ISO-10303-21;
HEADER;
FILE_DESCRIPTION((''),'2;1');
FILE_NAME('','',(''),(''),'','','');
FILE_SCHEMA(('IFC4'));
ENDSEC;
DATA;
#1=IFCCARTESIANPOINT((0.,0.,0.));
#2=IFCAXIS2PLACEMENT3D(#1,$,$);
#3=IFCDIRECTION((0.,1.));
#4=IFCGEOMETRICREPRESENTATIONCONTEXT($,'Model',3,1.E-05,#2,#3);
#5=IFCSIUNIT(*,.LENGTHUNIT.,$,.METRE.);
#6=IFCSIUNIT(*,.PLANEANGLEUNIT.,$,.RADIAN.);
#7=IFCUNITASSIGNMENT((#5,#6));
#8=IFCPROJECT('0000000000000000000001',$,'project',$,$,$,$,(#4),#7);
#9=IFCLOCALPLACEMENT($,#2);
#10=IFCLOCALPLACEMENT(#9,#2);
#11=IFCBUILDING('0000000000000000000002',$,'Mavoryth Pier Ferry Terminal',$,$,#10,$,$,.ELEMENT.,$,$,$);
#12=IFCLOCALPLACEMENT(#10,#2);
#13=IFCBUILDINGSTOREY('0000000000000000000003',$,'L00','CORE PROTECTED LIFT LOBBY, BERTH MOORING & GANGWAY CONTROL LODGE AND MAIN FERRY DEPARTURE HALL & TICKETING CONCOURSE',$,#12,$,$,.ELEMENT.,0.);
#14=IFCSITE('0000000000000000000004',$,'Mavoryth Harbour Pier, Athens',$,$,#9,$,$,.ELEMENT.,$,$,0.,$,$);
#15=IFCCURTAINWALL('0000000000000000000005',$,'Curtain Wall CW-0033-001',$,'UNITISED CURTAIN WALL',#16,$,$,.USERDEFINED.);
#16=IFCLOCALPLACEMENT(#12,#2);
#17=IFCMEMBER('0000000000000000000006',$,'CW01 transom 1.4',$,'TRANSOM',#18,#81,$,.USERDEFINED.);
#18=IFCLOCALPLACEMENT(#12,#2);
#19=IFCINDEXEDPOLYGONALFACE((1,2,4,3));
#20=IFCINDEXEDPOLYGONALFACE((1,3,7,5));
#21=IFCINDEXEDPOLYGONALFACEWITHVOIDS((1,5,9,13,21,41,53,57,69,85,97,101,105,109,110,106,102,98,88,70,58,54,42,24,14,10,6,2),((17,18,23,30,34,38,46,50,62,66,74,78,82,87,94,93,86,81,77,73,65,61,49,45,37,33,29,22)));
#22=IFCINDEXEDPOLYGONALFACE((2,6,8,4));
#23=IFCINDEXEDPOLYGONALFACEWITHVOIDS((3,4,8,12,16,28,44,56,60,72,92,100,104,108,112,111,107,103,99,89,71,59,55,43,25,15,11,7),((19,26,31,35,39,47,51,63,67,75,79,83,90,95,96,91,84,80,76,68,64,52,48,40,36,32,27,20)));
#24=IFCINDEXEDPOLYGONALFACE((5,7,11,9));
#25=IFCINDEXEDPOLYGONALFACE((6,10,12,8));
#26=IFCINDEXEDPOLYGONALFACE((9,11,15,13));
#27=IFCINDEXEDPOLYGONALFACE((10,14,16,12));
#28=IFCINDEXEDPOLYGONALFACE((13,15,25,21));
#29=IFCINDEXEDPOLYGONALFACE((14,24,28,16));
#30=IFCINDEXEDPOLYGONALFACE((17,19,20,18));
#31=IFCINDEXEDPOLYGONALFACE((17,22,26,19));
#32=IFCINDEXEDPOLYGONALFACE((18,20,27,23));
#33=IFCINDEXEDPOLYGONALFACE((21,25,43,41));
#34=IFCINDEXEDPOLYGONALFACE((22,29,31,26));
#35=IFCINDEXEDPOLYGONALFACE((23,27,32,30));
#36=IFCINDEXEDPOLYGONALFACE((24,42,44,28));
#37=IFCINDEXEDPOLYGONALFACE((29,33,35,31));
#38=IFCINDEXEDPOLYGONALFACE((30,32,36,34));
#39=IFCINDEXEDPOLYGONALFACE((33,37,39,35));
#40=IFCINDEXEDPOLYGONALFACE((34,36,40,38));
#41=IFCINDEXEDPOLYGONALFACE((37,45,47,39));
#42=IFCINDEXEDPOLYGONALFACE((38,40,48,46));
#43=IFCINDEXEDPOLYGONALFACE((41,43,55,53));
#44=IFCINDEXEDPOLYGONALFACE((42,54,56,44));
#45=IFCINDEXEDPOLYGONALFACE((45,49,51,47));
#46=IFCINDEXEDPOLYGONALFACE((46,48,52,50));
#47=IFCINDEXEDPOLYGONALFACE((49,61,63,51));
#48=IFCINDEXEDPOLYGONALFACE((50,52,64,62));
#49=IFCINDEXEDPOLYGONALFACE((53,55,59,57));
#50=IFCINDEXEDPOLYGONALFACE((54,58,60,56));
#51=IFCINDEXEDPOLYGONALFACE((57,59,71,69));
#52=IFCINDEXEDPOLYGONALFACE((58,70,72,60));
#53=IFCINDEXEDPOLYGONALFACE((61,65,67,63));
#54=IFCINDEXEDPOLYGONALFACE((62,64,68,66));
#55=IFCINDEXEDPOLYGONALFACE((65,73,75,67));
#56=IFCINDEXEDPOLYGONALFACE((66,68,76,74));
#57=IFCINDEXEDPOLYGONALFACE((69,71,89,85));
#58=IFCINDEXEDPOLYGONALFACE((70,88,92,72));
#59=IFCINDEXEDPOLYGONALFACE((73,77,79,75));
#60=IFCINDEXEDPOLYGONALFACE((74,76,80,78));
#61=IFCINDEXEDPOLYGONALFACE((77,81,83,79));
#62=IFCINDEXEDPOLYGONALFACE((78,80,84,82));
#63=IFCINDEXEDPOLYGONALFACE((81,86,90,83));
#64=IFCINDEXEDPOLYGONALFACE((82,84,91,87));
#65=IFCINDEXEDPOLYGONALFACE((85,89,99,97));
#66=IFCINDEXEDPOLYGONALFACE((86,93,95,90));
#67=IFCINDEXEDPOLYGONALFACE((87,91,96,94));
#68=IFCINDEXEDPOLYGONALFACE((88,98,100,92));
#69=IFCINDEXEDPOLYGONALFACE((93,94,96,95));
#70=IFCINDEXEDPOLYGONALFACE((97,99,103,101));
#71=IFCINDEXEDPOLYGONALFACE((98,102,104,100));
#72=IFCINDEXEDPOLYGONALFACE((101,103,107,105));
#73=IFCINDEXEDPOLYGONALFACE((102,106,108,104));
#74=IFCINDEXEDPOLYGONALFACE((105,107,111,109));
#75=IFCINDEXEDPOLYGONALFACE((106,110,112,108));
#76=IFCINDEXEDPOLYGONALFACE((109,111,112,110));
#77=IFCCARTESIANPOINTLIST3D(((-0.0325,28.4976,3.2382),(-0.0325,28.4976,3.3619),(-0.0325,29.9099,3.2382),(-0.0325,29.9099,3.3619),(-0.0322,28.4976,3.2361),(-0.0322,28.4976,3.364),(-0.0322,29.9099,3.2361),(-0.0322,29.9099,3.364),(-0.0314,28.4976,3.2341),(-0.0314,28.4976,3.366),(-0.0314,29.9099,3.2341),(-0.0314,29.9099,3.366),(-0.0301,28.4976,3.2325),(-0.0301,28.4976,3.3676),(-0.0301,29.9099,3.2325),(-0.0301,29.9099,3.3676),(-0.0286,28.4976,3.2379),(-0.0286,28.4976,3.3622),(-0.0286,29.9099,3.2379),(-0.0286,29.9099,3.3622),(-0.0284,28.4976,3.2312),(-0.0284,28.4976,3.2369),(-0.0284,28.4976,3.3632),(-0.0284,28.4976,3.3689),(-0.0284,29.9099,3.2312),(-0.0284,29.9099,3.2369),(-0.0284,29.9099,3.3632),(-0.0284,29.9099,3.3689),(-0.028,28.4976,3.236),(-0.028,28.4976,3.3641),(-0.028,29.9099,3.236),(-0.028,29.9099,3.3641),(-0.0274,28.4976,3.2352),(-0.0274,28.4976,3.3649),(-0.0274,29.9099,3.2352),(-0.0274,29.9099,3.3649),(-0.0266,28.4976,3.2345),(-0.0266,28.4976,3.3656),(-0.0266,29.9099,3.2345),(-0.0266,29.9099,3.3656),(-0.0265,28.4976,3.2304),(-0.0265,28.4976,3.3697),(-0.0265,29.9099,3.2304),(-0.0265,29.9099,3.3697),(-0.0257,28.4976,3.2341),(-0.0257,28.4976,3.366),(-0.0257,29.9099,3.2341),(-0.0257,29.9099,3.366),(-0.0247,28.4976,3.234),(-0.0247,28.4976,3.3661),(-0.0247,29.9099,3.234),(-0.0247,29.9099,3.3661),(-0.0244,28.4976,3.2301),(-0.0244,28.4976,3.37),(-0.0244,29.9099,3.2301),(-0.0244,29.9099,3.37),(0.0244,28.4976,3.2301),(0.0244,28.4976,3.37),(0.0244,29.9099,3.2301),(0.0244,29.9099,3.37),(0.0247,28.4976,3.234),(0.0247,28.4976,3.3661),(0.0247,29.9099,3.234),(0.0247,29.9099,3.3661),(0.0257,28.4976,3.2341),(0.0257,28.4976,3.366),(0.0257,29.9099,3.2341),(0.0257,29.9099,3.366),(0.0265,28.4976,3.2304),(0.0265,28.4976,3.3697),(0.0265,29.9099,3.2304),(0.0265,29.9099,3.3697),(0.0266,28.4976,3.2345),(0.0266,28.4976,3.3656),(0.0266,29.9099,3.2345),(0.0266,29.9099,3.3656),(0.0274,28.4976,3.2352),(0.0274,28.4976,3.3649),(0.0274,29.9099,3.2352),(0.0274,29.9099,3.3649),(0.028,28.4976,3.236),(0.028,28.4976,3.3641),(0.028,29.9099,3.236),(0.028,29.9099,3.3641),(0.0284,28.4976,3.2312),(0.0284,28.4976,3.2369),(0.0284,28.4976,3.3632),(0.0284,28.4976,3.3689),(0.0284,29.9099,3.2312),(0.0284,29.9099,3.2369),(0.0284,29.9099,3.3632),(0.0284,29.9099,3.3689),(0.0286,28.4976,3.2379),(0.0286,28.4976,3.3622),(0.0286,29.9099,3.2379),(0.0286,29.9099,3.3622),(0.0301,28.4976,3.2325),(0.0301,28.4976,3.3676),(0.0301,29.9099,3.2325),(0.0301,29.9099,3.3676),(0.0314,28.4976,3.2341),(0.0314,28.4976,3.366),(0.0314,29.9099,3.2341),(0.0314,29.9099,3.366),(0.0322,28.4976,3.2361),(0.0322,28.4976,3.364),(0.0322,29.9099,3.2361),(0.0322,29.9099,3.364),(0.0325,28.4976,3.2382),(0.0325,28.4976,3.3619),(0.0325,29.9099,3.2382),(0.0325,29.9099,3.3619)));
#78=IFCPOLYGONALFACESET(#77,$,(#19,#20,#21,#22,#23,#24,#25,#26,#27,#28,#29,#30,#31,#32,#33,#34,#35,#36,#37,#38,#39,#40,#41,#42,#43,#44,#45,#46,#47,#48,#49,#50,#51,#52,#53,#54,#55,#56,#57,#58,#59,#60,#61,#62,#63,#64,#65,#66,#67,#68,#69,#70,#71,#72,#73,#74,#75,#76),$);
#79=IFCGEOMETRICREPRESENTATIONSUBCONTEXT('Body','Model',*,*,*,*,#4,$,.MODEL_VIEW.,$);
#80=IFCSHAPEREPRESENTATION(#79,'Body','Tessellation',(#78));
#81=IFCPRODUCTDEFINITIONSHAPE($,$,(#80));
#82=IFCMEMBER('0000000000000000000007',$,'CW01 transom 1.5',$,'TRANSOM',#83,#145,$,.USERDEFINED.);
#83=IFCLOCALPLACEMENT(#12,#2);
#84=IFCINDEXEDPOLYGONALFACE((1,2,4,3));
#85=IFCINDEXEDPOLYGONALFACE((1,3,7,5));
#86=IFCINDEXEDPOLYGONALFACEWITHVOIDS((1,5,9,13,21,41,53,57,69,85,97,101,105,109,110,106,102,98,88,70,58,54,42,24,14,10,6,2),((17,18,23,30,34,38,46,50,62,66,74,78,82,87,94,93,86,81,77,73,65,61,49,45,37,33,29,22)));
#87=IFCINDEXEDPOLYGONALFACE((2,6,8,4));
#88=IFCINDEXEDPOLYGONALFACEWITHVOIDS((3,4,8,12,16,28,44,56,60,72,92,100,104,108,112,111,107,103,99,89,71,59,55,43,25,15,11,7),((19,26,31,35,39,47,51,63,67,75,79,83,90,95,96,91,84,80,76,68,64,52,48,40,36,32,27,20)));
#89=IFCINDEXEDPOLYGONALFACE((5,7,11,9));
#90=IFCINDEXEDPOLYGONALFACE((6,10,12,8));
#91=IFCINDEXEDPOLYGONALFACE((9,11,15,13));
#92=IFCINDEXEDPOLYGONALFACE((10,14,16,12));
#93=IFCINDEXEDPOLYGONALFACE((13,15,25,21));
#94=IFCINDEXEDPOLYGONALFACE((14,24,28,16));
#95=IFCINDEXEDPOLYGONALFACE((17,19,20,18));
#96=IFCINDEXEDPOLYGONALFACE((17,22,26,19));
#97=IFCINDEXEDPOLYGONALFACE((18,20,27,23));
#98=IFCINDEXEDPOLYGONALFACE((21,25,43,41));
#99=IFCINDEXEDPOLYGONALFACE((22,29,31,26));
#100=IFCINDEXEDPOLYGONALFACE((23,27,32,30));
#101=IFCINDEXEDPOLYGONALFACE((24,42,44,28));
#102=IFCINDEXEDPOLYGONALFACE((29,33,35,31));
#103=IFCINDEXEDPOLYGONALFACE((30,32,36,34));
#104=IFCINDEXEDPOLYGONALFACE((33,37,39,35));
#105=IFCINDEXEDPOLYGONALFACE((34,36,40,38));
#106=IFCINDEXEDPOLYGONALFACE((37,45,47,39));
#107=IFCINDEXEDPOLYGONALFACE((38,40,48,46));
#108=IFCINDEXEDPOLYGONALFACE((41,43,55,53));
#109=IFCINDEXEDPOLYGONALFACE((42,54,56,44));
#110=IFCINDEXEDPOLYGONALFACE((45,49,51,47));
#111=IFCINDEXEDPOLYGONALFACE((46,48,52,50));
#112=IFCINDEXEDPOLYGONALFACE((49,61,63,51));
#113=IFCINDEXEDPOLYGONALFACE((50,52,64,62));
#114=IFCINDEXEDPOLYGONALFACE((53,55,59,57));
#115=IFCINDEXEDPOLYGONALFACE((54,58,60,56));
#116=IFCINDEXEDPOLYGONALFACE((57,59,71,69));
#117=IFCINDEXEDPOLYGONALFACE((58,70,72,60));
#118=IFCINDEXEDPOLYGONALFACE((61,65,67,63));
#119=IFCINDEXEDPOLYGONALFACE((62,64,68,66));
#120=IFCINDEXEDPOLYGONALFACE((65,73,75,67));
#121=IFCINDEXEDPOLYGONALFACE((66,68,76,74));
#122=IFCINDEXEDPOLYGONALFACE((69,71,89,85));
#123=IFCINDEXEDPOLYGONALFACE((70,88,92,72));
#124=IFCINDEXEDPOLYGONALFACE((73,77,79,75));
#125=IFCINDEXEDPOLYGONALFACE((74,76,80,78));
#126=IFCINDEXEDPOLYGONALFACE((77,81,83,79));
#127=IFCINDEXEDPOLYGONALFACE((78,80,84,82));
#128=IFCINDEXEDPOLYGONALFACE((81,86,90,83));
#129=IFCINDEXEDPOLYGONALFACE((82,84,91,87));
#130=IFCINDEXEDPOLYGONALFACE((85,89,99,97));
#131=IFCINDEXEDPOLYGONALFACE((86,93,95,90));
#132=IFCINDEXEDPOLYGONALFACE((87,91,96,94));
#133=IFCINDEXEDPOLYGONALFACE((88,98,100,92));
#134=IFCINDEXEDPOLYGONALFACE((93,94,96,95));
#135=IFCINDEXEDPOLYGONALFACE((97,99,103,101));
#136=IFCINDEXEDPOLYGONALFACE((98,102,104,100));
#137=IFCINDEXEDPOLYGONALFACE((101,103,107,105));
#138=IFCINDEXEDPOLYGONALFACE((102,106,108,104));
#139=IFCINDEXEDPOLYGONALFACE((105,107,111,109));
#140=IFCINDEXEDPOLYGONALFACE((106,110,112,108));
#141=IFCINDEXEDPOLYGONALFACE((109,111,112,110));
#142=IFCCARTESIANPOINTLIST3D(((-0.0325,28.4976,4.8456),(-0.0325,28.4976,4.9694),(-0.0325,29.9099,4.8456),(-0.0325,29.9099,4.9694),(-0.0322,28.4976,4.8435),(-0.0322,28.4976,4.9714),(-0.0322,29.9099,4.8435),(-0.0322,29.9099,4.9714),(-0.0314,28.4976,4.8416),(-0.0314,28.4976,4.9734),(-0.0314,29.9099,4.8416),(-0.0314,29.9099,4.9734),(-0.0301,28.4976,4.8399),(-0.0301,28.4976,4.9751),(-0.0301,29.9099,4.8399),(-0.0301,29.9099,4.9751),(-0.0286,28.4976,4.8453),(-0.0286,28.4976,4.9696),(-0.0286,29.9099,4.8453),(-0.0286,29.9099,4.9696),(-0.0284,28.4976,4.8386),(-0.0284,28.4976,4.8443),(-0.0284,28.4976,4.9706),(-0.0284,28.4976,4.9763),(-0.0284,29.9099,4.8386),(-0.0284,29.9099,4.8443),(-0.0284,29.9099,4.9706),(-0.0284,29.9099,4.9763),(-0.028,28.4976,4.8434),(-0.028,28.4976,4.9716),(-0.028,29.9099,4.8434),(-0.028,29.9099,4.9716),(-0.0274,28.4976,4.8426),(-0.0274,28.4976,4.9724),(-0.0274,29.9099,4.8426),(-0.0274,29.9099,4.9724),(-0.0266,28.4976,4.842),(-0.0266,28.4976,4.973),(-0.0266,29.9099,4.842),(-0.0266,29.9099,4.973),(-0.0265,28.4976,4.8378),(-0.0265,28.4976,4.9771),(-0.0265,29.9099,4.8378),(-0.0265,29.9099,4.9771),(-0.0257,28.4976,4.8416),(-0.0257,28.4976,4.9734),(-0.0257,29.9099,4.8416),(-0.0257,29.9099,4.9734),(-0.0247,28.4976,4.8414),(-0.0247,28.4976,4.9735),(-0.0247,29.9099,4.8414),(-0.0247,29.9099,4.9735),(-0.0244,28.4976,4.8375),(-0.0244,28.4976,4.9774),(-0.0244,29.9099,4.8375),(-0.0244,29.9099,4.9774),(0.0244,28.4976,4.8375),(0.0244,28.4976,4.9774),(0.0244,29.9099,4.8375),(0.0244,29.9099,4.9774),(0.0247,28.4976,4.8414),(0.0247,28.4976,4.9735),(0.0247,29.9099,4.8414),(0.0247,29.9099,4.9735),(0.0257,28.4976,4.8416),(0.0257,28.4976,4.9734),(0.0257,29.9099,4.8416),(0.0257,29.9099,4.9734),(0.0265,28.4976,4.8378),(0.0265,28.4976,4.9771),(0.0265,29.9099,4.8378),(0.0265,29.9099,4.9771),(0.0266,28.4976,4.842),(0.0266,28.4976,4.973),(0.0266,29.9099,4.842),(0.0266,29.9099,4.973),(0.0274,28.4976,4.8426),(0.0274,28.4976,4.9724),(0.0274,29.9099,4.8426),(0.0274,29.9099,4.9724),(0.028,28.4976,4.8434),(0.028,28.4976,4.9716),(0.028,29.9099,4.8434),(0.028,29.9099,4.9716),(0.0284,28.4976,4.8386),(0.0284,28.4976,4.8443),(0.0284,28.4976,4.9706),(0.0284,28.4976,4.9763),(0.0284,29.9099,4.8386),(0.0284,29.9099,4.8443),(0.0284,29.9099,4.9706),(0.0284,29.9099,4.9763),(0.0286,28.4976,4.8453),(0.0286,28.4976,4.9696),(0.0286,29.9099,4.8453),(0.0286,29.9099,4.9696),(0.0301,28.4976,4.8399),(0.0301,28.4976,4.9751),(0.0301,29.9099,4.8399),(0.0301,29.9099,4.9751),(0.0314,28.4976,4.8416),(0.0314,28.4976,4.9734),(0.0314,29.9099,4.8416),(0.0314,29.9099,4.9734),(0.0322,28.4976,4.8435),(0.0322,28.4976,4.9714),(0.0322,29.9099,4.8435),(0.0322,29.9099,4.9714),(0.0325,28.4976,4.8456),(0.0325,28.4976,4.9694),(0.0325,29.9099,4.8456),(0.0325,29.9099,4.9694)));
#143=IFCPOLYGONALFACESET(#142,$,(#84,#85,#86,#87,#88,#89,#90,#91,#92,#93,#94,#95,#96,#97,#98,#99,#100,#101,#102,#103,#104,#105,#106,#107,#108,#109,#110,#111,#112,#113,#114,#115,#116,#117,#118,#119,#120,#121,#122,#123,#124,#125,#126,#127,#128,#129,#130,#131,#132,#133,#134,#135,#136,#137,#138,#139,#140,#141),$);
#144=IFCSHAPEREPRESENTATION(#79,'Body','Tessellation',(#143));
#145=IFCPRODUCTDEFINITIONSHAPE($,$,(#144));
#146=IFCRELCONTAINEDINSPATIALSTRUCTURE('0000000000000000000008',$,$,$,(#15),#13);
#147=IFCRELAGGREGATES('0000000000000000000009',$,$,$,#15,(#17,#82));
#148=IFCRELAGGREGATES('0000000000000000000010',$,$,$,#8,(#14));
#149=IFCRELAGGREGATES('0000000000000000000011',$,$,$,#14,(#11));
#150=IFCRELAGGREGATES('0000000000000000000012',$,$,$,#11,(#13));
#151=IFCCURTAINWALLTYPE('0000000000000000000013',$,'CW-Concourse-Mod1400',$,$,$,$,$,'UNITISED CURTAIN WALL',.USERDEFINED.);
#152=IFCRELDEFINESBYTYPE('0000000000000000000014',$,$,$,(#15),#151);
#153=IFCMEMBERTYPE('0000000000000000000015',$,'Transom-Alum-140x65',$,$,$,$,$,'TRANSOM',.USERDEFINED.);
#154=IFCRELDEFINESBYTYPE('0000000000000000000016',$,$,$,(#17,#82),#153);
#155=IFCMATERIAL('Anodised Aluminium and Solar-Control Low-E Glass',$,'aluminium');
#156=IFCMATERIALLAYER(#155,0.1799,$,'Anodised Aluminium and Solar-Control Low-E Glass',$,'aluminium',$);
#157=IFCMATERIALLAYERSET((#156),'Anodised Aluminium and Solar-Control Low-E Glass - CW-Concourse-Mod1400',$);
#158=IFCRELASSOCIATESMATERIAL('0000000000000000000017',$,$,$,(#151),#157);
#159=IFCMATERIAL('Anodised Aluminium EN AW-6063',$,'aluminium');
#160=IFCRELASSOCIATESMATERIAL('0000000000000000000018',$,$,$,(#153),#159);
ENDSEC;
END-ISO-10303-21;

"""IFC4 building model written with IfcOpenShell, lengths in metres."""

from ifc_helpers import new_model, si_unit, direction, frame, origin, origin_2d, place, context, subcontext, project, spatial, hollow_rectangle, extrude, material, layer, layer_set, material_profile, profile_set, type_object, element, aggregate, save


model = new_model("IFC4")

# Units and contexts
model_context = context("Model", 3, precision=1e-05, world=origin(), true_north=direction((0.0, 1.0)))
body_context = subcontext(model_context, "Body", "Model", "MODEL_VIEW")
ifc_project = project(units=[si_unit("LENGTHUNIT", "METRE"), si_unit("PLANEANGLEUNIT", "RADIAN")], contexts=[model_context])

# Site, building, storey
site_placement = place(None, origin())
site = spatial("IfcSite", under=ifc_project, at=site_placement, Name="Mavoryth Harbour Pier, Athens", CompositionType="ELEMENT", RefElevation=0.0)
building_placement = place(site_placement, origin())
building = spatial("IfcBuilding", under=site, at=building_placement, Name="Mavoryth Pier Ferry Terminal", CompositionType="ELEMENT")
storey_placement = place(building_placement, origin())
storey = spatial("IfcBuildingStorey", under=building, at=storey_placement, Name="L00", Description="CORE PROTECTED LIFT LOBBY, BERTH MOORING & GANGWAY CONTROL LODGE AND MAIN FERRY DEPARTURE HALL & TICKETING CONCOURSE", CompositionType="ELEMENT", Elevation=0.0)

# Curtain wall, members
ifc_material_1 = material(Name="Anodised Aluminium and Solar-Control Low-E Glass", Category="aluminium")
ifc_layer_1 = layer(ifc_material_1, 0.1799, Name="Anodised Aluminium and Solar-Control Low-E Glass", Category="aluminium")
ifc_layer_set_1 = layer_set([ifc_layer_1], Name="Anodised Aluminium and Solar-Control Low-E Glass - CW-Concourse-Mod1400")
curtain_wall_type = type_object("IfcCurtainWallType", Name="CW-Concourse-Mod1400", ElementType="UNITISED CURTAIN WALL", PredefinedType="USERDEFINED", material=ifc_layer_set_1)
curtain_wall_placement = place(storey_placement, origin())
curtain_wall = element("IfcCurtainWall", 1, at=curtain_wall_placement, inside=storey, type_object=curtain_wall_type, Name="Curtain Wall CW-0033-001", ObjectType="UNITISED CURTAIN WALL", PredefinedType="USERDEFINED")
ifc_material_2 = material(Name="Anodised Aluminium EN AW-6063", Category="aluminium")
ifc_material_profile_1 = material_profile(ifc_material_2, hollow_rectangle(XDim=0.0649, YDim=0.1399, WallThickness=0.0039, InnerFilletRadius=0.0039, OuterFilletRadius=0.0081, at=origin_2d()), Name="AL-TRAN 140x65x4", Category="aluminium")
ifc_profile_set_1 = profile_set([ifc_material_profile_1], Name="Anodised Aluminium EN AW-6063 - AL-TRAN 140x65x4")
member_type_1 = type_object("IfcMemberType", Name="Transom-Alum-140x65", ElementType="TRANSOM", PredefinedType="USERDEFINED", material=ifc_profile_set_1)
member_1_placement = place(storey_placement, frame((0.0, 29.9099, 3.3), z_axis=(0.0, -1.0, 0.0), x_axis=(1.0, 0.0, 0.0)))
member_1 = element("IfcMember", 2, at=member_1_placement, type_object=member_type_1, Name="CW01 transom 1.4", ObjectType="TRANSOM", PredefinedType="USERDEFINED", context=body_context, shape_type="SweptSolid", body=[
    extrude(hollow_rectangle(XDim=0.0649, YDim=0.1399, WallThickness=0.0039, InnerFilletRadius=0.0039, OuterFilletRadius=0.0081, at=origin_2d()), origin(), (0.0, 0.0, 1.0), 1.4124),
])
member_2_placement = place(storey_placement, frame((0.0, 29.9099, 4.9075), z_axis=(0.0, -1.0, 0.0), x_axis=(1.0, 0.0, 0.0)))
member_2 = element("IfcMember", 3, at=member_2_placement, type_object=member_type_1, Name="CW01 transom 1.5", ObjectType="TRANSOM", PredefinedType="USERDEFINED", context=body_context, shape_type="SweptSolid", body=[
    extrude(hollow_rectangle(XDim=0.0649, YDim=0.1399, WallThickness=0.0039, InnerFilletRadius=0.0039, OuterFilletRadius=0.0081, at=origin_2d()), origin(), (0.0, 0.0, 1.0), 1.4124),
])
aggregate(curtain_wall, [member_1, member_2])

save(model, "model.ifc")
